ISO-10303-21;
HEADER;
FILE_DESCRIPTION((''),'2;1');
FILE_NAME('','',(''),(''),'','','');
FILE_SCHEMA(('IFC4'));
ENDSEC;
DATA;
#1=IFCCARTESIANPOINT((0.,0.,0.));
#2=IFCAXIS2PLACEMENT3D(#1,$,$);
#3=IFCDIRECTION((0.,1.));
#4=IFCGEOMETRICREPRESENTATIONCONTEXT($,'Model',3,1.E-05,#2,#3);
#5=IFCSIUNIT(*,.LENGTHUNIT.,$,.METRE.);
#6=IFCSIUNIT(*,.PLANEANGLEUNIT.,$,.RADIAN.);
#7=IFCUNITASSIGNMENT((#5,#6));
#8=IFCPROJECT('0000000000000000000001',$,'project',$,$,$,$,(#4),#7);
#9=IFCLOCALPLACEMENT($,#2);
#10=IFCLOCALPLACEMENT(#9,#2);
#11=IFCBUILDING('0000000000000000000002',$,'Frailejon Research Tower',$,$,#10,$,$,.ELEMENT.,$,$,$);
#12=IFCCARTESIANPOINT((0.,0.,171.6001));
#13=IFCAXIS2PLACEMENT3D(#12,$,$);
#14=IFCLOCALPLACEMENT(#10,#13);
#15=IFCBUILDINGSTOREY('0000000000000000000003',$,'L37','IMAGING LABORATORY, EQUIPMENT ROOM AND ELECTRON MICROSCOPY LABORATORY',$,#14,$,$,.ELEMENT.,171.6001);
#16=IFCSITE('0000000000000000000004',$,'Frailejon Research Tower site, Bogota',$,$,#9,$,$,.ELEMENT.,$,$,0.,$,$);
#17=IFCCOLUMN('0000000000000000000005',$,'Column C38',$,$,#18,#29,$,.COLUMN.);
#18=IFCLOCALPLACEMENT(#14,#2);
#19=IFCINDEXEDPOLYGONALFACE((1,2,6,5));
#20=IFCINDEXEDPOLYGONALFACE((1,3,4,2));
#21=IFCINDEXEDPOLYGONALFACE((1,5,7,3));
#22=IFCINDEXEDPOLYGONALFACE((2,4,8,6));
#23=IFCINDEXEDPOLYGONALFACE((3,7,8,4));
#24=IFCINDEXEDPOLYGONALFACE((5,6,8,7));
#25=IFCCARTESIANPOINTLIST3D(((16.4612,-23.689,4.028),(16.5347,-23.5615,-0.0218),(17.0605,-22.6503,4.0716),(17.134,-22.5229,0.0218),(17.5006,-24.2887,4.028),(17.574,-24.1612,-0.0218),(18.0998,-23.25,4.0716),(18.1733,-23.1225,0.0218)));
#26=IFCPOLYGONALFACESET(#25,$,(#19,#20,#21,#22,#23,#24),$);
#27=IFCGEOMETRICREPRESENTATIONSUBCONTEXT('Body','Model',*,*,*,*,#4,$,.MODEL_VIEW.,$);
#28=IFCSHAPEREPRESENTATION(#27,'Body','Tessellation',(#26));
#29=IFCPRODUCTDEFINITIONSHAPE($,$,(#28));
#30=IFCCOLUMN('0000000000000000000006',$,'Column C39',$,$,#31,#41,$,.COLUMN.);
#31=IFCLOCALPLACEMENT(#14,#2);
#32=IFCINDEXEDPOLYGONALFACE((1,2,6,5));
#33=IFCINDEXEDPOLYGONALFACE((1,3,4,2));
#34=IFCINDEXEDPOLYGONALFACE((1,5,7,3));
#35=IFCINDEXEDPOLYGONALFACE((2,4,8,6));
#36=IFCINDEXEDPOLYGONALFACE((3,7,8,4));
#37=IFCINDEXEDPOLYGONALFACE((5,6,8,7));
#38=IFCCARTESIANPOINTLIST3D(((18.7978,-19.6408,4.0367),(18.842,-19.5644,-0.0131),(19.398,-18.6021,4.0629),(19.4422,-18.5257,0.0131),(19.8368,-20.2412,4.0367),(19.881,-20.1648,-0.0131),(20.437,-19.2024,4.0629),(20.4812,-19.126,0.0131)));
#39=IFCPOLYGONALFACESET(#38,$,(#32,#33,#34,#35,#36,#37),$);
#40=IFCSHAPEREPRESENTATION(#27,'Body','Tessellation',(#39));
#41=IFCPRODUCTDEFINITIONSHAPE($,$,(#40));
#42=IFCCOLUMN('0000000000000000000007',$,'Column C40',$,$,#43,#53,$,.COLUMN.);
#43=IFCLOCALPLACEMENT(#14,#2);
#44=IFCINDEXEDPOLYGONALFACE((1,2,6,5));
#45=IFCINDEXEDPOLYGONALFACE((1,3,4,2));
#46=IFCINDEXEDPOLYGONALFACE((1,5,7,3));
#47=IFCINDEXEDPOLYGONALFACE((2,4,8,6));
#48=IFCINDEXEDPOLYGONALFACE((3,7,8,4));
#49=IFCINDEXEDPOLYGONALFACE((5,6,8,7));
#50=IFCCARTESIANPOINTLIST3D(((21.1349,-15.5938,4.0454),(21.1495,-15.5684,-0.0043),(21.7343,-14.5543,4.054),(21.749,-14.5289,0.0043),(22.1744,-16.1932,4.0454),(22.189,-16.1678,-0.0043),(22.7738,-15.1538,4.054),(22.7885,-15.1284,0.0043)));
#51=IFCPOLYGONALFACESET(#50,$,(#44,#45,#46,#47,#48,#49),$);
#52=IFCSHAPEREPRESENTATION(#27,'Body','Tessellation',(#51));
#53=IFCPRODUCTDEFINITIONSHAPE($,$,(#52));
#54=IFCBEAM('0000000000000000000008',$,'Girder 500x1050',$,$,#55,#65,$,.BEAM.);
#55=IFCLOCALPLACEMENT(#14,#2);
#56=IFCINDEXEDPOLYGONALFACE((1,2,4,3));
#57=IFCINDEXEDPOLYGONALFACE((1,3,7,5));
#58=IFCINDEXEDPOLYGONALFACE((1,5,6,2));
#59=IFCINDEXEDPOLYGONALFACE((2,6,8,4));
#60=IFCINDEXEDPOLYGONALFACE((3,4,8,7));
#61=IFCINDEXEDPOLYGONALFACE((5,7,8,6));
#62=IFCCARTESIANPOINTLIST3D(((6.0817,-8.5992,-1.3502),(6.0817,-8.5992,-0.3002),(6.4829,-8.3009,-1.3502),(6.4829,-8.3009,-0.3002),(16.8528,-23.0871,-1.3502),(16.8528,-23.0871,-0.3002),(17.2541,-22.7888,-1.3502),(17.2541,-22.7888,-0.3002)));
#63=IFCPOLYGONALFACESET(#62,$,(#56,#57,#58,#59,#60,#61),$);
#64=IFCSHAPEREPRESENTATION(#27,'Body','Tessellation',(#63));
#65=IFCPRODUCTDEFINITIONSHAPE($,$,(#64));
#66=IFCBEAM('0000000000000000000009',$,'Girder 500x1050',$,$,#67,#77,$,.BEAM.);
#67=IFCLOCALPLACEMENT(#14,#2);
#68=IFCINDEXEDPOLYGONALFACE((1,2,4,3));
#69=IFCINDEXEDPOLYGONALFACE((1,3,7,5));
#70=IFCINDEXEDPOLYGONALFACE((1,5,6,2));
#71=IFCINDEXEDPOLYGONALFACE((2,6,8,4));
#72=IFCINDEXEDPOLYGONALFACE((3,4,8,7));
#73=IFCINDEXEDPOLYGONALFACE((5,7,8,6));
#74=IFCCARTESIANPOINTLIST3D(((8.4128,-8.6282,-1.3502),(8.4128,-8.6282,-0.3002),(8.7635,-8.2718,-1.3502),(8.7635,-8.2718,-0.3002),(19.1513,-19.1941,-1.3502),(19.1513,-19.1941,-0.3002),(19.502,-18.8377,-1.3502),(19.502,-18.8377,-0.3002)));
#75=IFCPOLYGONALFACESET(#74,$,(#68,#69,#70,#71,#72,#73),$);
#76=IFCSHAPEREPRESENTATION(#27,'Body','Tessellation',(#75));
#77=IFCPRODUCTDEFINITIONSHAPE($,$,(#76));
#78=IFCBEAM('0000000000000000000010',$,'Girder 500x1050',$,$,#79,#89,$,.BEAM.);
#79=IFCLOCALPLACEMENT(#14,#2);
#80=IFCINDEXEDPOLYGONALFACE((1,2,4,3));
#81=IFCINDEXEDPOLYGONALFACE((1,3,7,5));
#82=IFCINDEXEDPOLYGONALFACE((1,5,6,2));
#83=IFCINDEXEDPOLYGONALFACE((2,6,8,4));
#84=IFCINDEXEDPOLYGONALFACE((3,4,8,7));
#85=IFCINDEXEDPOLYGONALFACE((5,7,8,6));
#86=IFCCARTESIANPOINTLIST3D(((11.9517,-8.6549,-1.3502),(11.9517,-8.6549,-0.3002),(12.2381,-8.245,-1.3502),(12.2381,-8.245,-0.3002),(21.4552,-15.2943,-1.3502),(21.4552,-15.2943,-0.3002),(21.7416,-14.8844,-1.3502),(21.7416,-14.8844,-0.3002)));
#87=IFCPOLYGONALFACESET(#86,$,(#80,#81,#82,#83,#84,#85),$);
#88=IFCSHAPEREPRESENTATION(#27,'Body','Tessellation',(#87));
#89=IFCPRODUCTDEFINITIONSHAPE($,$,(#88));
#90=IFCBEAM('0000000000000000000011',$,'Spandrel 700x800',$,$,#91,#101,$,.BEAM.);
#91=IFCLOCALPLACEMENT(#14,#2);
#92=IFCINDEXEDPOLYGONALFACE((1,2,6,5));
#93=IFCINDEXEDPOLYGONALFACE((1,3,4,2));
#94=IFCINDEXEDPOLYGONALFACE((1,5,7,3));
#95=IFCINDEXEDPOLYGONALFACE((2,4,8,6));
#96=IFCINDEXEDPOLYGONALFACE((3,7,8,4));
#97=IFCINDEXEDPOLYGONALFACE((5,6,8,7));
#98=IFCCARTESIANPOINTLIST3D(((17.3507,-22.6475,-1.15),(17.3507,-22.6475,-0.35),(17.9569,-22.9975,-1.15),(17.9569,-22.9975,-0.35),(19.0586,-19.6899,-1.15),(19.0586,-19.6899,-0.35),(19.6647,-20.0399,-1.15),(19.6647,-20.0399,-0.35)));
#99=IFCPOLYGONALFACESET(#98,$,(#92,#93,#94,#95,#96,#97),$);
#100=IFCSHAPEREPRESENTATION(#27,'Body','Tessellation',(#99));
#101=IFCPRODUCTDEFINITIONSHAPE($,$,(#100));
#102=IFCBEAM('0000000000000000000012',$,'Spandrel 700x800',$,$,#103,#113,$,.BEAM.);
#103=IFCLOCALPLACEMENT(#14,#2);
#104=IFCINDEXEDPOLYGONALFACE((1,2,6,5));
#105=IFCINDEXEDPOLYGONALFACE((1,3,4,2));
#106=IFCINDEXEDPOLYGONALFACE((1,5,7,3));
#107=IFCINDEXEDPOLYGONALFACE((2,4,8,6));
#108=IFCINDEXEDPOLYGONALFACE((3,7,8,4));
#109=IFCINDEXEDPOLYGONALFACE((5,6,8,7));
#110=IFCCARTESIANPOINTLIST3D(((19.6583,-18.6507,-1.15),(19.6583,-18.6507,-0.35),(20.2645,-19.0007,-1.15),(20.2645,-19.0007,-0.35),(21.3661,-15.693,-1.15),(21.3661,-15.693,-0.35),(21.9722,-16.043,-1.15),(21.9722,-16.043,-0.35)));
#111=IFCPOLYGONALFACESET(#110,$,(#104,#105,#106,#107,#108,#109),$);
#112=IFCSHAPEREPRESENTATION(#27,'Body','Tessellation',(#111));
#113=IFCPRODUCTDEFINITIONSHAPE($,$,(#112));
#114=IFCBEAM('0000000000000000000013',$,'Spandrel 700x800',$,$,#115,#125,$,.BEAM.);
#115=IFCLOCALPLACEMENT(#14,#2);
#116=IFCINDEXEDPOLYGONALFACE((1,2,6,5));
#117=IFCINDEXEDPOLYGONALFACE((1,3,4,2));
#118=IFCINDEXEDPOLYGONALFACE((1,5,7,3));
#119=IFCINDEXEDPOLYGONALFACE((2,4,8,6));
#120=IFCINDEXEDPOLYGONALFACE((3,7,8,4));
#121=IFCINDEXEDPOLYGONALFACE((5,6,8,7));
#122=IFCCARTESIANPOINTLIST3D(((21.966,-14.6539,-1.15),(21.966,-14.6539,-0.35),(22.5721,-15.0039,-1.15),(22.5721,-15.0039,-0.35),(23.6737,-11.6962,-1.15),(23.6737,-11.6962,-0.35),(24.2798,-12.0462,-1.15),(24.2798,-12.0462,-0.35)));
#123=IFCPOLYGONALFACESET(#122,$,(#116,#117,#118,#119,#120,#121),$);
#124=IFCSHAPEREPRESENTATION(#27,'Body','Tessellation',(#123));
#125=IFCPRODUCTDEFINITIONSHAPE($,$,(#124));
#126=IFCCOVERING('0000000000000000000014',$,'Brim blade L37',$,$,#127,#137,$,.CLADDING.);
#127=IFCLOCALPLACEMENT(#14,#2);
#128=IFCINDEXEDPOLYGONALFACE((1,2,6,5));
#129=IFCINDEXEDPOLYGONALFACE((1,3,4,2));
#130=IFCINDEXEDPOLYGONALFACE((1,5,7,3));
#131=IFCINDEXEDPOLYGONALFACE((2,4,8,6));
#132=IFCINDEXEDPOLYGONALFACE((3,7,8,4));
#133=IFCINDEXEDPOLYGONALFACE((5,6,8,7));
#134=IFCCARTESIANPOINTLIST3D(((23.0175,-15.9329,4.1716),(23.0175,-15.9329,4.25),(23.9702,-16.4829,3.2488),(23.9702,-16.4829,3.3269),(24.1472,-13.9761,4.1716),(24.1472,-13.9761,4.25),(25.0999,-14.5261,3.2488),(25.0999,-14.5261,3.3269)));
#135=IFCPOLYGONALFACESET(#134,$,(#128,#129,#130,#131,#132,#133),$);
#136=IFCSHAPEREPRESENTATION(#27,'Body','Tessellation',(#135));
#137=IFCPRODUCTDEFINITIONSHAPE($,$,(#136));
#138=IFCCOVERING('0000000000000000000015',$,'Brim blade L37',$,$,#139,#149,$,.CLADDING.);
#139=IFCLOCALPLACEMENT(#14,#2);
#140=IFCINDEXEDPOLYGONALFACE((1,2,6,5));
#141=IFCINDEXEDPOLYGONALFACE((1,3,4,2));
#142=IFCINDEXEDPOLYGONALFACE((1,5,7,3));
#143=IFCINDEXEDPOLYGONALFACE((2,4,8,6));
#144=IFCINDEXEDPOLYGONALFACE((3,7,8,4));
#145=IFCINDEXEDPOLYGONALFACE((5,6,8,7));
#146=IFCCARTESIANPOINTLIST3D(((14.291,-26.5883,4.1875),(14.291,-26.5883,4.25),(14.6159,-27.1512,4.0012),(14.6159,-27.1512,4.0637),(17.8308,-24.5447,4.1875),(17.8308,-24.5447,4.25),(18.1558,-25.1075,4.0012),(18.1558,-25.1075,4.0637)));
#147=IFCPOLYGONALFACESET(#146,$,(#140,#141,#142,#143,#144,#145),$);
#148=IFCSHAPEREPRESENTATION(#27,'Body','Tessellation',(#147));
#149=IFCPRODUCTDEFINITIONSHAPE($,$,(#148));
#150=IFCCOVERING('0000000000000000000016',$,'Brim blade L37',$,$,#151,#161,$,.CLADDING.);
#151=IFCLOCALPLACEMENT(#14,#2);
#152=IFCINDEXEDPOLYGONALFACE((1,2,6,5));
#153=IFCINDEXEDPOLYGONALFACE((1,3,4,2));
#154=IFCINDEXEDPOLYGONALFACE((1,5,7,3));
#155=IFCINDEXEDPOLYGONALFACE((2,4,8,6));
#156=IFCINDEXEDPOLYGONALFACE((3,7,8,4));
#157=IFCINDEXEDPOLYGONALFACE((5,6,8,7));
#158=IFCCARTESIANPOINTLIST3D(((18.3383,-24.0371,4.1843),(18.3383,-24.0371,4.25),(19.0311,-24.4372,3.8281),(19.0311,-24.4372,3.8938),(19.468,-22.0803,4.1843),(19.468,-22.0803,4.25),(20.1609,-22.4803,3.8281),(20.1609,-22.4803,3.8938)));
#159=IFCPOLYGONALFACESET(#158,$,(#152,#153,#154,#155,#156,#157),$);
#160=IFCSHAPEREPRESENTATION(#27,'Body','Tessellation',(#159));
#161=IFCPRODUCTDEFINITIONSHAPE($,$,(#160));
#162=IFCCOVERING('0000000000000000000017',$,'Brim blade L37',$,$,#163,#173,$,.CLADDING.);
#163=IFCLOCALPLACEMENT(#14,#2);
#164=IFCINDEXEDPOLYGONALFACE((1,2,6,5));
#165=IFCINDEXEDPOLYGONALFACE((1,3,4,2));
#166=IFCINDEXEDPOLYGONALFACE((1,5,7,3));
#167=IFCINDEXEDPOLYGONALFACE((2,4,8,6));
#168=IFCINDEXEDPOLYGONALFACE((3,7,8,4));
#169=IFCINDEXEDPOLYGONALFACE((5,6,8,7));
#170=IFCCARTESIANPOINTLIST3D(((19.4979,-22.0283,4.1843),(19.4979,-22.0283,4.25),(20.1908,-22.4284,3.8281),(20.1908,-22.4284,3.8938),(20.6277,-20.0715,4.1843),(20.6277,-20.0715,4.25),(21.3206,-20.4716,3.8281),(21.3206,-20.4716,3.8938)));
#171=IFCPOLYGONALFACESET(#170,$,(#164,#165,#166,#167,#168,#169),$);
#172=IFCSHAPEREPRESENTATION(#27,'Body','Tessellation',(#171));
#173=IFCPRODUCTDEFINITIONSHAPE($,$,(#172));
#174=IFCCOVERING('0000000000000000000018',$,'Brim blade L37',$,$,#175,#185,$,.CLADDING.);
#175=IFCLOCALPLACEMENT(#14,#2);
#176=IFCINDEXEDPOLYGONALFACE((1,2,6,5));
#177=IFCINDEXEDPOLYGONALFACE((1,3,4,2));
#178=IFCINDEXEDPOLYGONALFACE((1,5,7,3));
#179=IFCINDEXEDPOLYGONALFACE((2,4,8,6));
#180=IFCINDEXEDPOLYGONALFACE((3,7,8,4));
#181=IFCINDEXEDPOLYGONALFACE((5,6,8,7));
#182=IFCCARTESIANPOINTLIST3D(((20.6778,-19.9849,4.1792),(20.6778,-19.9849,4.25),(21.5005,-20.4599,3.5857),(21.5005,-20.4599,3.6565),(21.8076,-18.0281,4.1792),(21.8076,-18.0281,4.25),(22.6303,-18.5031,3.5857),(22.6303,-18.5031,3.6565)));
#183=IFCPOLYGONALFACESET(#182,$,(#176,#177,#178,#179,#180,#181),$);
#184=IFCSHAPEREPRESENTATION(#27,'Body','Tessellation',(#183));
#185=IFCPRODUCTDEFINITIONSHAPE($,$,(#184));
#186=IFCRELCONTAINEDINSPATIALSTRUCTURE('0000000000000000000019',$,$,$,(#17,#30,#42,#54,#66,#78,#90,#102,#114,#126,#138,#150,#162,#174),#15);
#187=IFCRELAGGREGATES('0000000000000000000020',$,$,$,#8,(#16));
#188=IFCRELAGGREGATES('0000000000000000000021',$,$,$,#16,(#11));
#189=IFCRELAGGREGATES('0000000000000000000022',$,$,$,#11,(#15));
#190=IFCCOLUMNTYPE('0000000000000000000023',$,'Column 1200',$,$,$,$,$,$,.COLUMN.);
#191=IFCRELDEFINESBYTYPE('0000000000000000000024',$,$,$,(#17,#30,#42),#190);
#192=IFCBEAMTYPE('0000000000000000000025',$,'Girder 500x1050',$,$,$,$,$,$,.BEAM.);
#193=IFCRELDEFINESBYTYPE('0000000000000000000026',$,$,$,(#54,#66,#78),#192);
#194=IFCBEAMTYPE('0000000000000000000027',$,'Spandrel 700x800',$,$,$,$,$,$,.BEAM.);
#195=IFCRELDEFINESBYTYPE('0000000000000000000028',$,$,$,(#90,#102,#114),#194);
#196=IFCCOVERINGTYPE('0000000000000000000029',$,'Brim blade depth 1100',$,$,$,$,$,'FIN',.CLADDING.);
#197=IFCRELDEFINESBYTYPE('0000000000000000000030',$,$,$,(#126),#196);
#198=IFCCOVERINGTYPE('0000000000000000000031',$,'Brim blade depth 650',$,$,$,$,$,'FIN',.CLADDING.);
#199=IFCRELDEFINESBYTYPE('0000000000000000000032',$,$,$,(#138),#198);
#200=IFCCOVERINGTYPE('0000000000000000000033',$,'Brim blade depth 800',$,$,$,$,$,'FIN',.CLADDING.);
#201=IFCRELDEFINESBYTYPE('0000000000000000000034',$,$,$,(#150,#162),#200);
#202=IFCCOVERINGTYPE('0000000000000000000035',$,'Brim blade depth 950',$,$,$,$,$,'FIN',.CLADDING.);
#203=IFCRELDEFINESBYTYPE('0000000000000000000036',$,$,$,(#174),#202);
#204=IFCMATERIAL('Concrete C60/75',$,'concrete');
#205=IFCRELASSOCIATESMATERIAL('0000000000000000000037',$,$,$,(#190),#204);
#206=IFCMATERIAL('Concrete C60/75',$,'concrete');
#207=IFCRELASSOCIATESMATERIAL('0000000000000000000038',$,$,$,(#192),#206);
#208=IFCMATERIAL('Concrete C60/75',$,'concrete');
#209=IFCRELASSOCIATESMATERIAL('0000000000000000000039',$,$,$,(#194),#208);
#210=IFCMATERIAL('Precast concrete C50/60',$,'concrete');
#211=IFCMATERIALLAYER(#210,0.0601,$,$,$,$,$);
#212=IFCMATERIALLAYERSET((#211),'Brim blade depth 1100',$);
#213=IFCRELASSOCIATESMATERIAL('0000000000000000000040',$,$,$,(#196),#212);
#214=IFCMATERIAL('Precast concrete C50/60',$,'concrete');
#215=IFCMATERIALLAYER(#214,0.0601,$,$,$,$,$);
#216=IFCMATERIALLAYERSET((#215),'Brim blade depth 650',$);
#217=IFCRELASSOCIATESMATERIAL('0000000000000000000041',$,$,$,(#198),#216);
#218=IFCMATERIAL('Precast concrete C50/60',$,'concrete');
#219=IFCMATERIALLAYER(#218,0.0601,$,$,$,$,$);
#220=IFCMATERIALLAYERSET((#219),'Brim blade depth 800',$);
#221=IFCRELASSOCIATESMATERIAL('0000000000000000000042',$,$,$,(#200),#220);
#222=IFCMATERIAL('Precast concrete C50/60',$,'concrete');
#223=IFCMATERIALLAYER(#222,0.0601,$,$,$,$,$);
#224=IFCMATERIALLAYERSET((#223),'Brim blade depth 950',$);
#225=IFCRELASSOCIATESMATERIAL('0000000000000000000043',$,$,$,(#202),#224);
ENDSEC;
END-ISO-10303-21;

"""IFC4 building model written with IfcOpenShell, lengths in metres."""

from ifc_helpers import new_model, si_unit, direction, frame, origin, origin_2d, place, context, subcontext, project, spatial, polyline, rectangle, outline, extrude, material, layer, layer_set, material_profile, profile_set, type_object, element, save


model = new_model("IFC4")

# Units and contexts
model_context = context("Model", 3, precision=1e-05, world=origin(), true_north=direction((0.0, 1.0)))
body_context = subcontext(model_context, "Body", "Model", "MODEL_VIEW")
ifc_project = project(units=[si_unit("LENGTHUNIT", "METRE"), si_unit("PLANEANGLEUNIT", "RADIAN")], contexts=[model_context])

# Site, building, storey
site_placement = place(None, origin())
site = spatial("IfcSite", under=ifc_project, at=site_placement, Name="Frailejon Research Tower site, Bogota", CompositionType="ELEMENT", RefElevation=0.0)
building_placement = place(site_placement, origin())
building = spatial("IfcBuilding", under=site, at=building_placement, Name="Frailejon Research Tower", CompositionType="ELEMENT")
storey_placement = place(building_placement, frame((0.0, 0.0, 171.6001)))
storey = spatial("IfcBuildingStorey", under=building, at=storey_placement, Name="L37", Description="IMAGING LABORATORY, EQUIPMENT ROOM AND ELECTRON MICROSCOPY LABORATORY", CompositionType="ELEMENT", Elevation=171.6001)

# Columns
ifc_material_1 = material(Name="Concrete C60/75", Category="concrete")
ifc_material_profile_1 = material_profile(ifc_material_1, rectangle(XDim=1.2, YDim=1.2, at=origin_2d()), Name="Column 1200")
ifc_profile_set_1 = profile_set([ifc_material_profile_1], Name="Concrete C60/75")
column_type = type_object("IfcColumnType", Name="Column 1200", PredefinedType="COLUMN", material=ifc_profile_set_1)
column_1_placement = place(storey_placement, frame((17.354, -23.342, 0.0), z_axis=(-0.018134, -0.031448, 0.999341), x_axis=(0.499425, 0.865596, 0.036301)))
element("IfcColumn", 1, at=column_1_placement, inside=storey, type_object=column_type, Name="Column C38", PredefinedType="COLUMN", context=body_context, shape_type="SweptSolid", body=[
    extrude(rectangle(XDim=1.2, YDim=1.2, at=origin_2d()), origin(), (0.0, 0.0, 1.0), 4.0525),
])
column_2_placement = place(storey_placement, frame((19.6616, -19.3452, 0.0), z_axis=(-0.010909, -0.018865, 0.999763), x_axis=(0.500187, 0.865643, 0.021792)))
element("IfcColumn", 2, at=column_2_placement, inside=storey, type_object=column_type, Name="Column C39", PredefinedType="COLUMN", context=body_context, shape_type="SweptSolid", body=[
    extrude(rectangle(XDim=1.2, YDim=1.2, at=origin_2d()), origin(), (0.0, 0.0, 1.0), 4.0508),
])
column_3_placement = place(storey_placement, frame((21.969, -15.3484, 0.0), z_axis=(-0.003617, -0.006269, 0.999974), x_axis=(0.499535, 0.866263, 0.007238)))
element("IfcColumn", 3, at=column_3_placement, inside=storey, type_object=column_type, Name="Column C40", PredefinedType="COLUMN", context=body_context, shape_type="SweptSolid", body=[
    extrude(rectangle(XDim=1.2, YDim=1.2, at=origin_2d()), origin(), (0.0, 0.0, 1.0), 4.0498),
])

# Beams
ifc_material_2 = material(Name="Concrete C60/75", Category="concrete")
ifc_material_profile_2 = material_profile(ifc_material_2, rectangle(XDim=0.5, YDim=1.05, at=origin_2d()), Name="Girder 500x1050")
ifc_profile_set_2 = profile_set([ifc_material_profile_2], Name="Concrete C60/75")
beam_type_1 = type_object("IfcBeamType", Name="Girder 500x1050", PredefinedType="BEAM", material=ifc_profile_set_2)
beam_1_placement = place(storey_placement, frame((17.0535, -22.938, -0.8252), z_axis=(-0.596634, 0.802513, 0.0), x_axis=(-0.802513, -0.596634, 0.0)))
element("IfcBeam", 4, at=beam_1_placement, inside=storey, type_object=beam_type_1, Name="Girder 500x1050", PredefinedType="BEAM", context=body_context, shape_type="SweptSolid", body=[
    extrude(rectangle(XDim=0.5, YDim=1.05, at=origin_2d()), origin(), (0.0, 0.0, 1.0), 18.0532),
])
beam_2_placement = place(storey_placement, frame((19.3267, -19.0159, -0.8252), z_axis=(-0.712812, 0.701355, 0.0), x_axis=(-0.701355, -0.712812, 0.0)))
element("IfcBeam", 5, at=beam_2_placement, inside=storey, type_object=beam_type_1, Name="Girder 500x1050", PredefinedType="BEAM", context=body_context, shape_type="SweptSolid", body=[
    extrude(rectangle(XDim=0.5, YDim=1.05, at=origin_2d()), origin(), (0.0, 0.0, 1.0), 15.0649),
])
beam_3_placement = place(storey_placement, frame((21.5984, -15.0894, -0.8252), z_axis=(-0.819758, 0.57271, 0.0), x_axis=(-0.57271, -0.819758, 0.0)))
element("IfcBeam", 6, at=beam_3_placement, inside=storey, type_object=beam_type_1, Name="Girder 500x1050", PredefinedType="BEAM", context=body_context, shape_type="SweptSolid", body=[
    extrude(rectangle(XDim=0.5, YDim=1.05, at=origin_2d()), origin(), (0.0, 0.0, 1.0), 11.593),
])
ifc_material_3 = material(Name="Concrete C60/75", Category="concrete")
ifc_material_profile_3 = material_profile(ifc_material_3, rectangle(XDim=0.7, YDim=0.8, at=origin_2d()), Name="Spandrel 700x800")
ifc_profile_set_3 = profile_set([ifc_material_profile_3], Name="Concrete C60/75")
beam_type_2 = type_object("IfcBeamType", Name="Spandrel 700x800", PredefinedType="BEAM", material=ifc_profile_set_3)
for number, where, z_axis, x_axis, name in (
    (7, (17.6538, -22.8225, -0.75), (0.500052, 0.865995, 0.0), (-0.865995, 0.500052, 0.0), "Spandrel 700x800"),
    (8, (19.9614, -18.8257, -0.75), (0.500022, 0.866013, 0.0), (-0.866013, 0.500022, 0.0), "Spandrel 700x800"),
    (9, (22.269, -14.8289, -0.75), (0.500022, 0.866013, 0.0), (-0.866013, 0.500022, 0.0), "Spandrel 700x800"),
):
    element("IfcBeam", number, at=place(storey_placement, frame(where, z_axis=z_axis, x_axis=x_axis)), inside=storey, type_object=beam_type_2, Name=name, PredefinedType="BEAM", context=body_context, shape_type="SweptSolid", body=[
        extrude(rectangle(XDim=0.7, YDim=0.8, at=origin_2d()), origin(), (0.0, 0.0, 1.0), 3.4153),
    ])

# Coverings
ifc_material_4 = material(Name="Precast concrete C50/60", Category="concrete")
ifc_layer_1 = layer(ifc_material_4, 0.0601)
ifc_layer_set_1 = layer_set([ifc_layer_1], Name="Brim blade depth 1100")
covering_type_1 = type_object("IfcCoveringType", Name="Brim blade depth 1100", ElementType="FIN", PredefinedType="CLADDING", material=ifc_layer_set_1)
covering_1_placement = place(storey_placement, frame((24.1472, -13.9761, 4.25), z_axis=(-0.499994, -0.866029, 0.0), x_axis=(0.866029, -0.499994, 0.0)))
element("IfcCovering", 10, at=covering_1_placement, inside=storey, type_object=covering_type_1, Name="Brim blade L37", PredefinedType="CLADDING", context=body_context, shape_type="SweptSolid", body=[
    extrude(outline(polyline([(0.0, -0.0784), (1.1001, -1.0012), (1.1001, -0.9231), (0.0, 0.0), (0.0, -0.0784)])), origin(), (0.0, 0.0, 1.0), 2.2595),
])
ifc_material_5 = material(Name="Precast concrete C50/60", Category="concrete")
ifc_layer_2 = layer(ifc_material_5, 0.0601)
ifc_layer_set_2 = layer_set([ifc_layer_2], Name="Brim blade depth 650")
covering_type_2 = type_object("IfcCoveringType", Name="Brim blade depth 650", ElementType="FIN", PredefinedType="CLADDING", material=ifc_layer_set_2)
covering_2_placement = place(storey_placement, frame((17.8308, -24.5447, 4.25), z_axis=(-0.866032, -0.499989, 0.0), x_axis=(0.499989, -0.866032, 0.0)))
element("IfcCovering", 11, at=covering_2_placement, inside=storey, type_object=covering_type_2, Name="Brim blade L37", PredefinedType="CLADDING", context=body_context, shape_type="SweptSolid", body=[
    extrude(outline(polyline([(0.0, -0.0625), (0.6499, -0.2488), (0.6499, -0.1863), (0.0, 0.0), (0.0, -0.0625)])), origin(), (0.0, 0.0, 1.0), 4.0874),
])
ifc_material_6 = material(Name="Precast concrete C50/60", Category="concrete")
ifc_layer_3 = layer(ifc_material_6, 0.0601)
ifc_layer_set_3 = layer_set([ifc_layer_3], Name="Brim blade depth 800")
covering_type_3 = type_object("IfcCoveringType", Name="Brim blade depth 800", ElementType="FIN", PredefinedType="CLADDING", material=ifc_layer_set_3)
for number, where, z_axis, x_axis, name in (
    (12, (19.468, -22.0803, 4.25), (-0.499994, -0.866029, 0.0), (0.866029, -0.499994, 0.0), "Brim blade L37"),
    (13, (20.6277, -20.0715, 4.25), (-0.499994, -0.866029, 0.0), (0.866029, -0.499994, 0.0), "Brim blade L37"),
):
    element("IfcCovering", number, at=place(storey_placement, frame(where, z_axis=z_axis, x_axis=x_axis)), inside=storey, type_object=covering_type_3, Name=name, PredefinedType="CLADDING", context=body_context, shape_type="SweptSolid", body=[
        extrude(outline(polyline([(0.0, -0.0657), (0.8, -0.4219), (0.8, -0.3562), (0.0, 0.0), (0.0, -0.0657)])), origin(), (0.0, 0.0, 1.0), 2.2595),
    ])
ifc_material_7 = material(Name="Precast concrete C50/60", Category="concrete")
ifc_layer_4 = layer(ifc_material_7, 0.0601)
ifc_layer_set_4 = layer_set([ifc_layer_4], Name="Brim blade depth 950")
covering_type_4 = type_object("IfcCoveringType", Name="Brim blade depth 950", ElementType="FIN", PredefinedType="CLADDING", material=ifc_layer_set_4)
for number, where, z_axis, x_axis, name in (
    (14, (21.8076, -18.0281, 4.25), (-0.500003, -0.866024, 0.0), (0.866024, -0.500003, 0.0), "Brim blade L37"),
):
    element("IfcCovering", number, at=place(storey_placement, frame(where, z_axis=z_axis, x_axis=x_axis)), inside=storey, type_object=covering_type_4, Name=name, PredefinedType="CLADDING", context=body_context, shape_type="SweptSolid", body=[
        extrude(outline(polyline([(0.0, -0.0708), (0.95, -0.6643), (0.95, -0.5935), (0.0, 0.0), (0.0, -0.0708)])), origin(), (0.0, 0.0, 1.0), 2.2595),
    ])

save(model, "model.ifc")
